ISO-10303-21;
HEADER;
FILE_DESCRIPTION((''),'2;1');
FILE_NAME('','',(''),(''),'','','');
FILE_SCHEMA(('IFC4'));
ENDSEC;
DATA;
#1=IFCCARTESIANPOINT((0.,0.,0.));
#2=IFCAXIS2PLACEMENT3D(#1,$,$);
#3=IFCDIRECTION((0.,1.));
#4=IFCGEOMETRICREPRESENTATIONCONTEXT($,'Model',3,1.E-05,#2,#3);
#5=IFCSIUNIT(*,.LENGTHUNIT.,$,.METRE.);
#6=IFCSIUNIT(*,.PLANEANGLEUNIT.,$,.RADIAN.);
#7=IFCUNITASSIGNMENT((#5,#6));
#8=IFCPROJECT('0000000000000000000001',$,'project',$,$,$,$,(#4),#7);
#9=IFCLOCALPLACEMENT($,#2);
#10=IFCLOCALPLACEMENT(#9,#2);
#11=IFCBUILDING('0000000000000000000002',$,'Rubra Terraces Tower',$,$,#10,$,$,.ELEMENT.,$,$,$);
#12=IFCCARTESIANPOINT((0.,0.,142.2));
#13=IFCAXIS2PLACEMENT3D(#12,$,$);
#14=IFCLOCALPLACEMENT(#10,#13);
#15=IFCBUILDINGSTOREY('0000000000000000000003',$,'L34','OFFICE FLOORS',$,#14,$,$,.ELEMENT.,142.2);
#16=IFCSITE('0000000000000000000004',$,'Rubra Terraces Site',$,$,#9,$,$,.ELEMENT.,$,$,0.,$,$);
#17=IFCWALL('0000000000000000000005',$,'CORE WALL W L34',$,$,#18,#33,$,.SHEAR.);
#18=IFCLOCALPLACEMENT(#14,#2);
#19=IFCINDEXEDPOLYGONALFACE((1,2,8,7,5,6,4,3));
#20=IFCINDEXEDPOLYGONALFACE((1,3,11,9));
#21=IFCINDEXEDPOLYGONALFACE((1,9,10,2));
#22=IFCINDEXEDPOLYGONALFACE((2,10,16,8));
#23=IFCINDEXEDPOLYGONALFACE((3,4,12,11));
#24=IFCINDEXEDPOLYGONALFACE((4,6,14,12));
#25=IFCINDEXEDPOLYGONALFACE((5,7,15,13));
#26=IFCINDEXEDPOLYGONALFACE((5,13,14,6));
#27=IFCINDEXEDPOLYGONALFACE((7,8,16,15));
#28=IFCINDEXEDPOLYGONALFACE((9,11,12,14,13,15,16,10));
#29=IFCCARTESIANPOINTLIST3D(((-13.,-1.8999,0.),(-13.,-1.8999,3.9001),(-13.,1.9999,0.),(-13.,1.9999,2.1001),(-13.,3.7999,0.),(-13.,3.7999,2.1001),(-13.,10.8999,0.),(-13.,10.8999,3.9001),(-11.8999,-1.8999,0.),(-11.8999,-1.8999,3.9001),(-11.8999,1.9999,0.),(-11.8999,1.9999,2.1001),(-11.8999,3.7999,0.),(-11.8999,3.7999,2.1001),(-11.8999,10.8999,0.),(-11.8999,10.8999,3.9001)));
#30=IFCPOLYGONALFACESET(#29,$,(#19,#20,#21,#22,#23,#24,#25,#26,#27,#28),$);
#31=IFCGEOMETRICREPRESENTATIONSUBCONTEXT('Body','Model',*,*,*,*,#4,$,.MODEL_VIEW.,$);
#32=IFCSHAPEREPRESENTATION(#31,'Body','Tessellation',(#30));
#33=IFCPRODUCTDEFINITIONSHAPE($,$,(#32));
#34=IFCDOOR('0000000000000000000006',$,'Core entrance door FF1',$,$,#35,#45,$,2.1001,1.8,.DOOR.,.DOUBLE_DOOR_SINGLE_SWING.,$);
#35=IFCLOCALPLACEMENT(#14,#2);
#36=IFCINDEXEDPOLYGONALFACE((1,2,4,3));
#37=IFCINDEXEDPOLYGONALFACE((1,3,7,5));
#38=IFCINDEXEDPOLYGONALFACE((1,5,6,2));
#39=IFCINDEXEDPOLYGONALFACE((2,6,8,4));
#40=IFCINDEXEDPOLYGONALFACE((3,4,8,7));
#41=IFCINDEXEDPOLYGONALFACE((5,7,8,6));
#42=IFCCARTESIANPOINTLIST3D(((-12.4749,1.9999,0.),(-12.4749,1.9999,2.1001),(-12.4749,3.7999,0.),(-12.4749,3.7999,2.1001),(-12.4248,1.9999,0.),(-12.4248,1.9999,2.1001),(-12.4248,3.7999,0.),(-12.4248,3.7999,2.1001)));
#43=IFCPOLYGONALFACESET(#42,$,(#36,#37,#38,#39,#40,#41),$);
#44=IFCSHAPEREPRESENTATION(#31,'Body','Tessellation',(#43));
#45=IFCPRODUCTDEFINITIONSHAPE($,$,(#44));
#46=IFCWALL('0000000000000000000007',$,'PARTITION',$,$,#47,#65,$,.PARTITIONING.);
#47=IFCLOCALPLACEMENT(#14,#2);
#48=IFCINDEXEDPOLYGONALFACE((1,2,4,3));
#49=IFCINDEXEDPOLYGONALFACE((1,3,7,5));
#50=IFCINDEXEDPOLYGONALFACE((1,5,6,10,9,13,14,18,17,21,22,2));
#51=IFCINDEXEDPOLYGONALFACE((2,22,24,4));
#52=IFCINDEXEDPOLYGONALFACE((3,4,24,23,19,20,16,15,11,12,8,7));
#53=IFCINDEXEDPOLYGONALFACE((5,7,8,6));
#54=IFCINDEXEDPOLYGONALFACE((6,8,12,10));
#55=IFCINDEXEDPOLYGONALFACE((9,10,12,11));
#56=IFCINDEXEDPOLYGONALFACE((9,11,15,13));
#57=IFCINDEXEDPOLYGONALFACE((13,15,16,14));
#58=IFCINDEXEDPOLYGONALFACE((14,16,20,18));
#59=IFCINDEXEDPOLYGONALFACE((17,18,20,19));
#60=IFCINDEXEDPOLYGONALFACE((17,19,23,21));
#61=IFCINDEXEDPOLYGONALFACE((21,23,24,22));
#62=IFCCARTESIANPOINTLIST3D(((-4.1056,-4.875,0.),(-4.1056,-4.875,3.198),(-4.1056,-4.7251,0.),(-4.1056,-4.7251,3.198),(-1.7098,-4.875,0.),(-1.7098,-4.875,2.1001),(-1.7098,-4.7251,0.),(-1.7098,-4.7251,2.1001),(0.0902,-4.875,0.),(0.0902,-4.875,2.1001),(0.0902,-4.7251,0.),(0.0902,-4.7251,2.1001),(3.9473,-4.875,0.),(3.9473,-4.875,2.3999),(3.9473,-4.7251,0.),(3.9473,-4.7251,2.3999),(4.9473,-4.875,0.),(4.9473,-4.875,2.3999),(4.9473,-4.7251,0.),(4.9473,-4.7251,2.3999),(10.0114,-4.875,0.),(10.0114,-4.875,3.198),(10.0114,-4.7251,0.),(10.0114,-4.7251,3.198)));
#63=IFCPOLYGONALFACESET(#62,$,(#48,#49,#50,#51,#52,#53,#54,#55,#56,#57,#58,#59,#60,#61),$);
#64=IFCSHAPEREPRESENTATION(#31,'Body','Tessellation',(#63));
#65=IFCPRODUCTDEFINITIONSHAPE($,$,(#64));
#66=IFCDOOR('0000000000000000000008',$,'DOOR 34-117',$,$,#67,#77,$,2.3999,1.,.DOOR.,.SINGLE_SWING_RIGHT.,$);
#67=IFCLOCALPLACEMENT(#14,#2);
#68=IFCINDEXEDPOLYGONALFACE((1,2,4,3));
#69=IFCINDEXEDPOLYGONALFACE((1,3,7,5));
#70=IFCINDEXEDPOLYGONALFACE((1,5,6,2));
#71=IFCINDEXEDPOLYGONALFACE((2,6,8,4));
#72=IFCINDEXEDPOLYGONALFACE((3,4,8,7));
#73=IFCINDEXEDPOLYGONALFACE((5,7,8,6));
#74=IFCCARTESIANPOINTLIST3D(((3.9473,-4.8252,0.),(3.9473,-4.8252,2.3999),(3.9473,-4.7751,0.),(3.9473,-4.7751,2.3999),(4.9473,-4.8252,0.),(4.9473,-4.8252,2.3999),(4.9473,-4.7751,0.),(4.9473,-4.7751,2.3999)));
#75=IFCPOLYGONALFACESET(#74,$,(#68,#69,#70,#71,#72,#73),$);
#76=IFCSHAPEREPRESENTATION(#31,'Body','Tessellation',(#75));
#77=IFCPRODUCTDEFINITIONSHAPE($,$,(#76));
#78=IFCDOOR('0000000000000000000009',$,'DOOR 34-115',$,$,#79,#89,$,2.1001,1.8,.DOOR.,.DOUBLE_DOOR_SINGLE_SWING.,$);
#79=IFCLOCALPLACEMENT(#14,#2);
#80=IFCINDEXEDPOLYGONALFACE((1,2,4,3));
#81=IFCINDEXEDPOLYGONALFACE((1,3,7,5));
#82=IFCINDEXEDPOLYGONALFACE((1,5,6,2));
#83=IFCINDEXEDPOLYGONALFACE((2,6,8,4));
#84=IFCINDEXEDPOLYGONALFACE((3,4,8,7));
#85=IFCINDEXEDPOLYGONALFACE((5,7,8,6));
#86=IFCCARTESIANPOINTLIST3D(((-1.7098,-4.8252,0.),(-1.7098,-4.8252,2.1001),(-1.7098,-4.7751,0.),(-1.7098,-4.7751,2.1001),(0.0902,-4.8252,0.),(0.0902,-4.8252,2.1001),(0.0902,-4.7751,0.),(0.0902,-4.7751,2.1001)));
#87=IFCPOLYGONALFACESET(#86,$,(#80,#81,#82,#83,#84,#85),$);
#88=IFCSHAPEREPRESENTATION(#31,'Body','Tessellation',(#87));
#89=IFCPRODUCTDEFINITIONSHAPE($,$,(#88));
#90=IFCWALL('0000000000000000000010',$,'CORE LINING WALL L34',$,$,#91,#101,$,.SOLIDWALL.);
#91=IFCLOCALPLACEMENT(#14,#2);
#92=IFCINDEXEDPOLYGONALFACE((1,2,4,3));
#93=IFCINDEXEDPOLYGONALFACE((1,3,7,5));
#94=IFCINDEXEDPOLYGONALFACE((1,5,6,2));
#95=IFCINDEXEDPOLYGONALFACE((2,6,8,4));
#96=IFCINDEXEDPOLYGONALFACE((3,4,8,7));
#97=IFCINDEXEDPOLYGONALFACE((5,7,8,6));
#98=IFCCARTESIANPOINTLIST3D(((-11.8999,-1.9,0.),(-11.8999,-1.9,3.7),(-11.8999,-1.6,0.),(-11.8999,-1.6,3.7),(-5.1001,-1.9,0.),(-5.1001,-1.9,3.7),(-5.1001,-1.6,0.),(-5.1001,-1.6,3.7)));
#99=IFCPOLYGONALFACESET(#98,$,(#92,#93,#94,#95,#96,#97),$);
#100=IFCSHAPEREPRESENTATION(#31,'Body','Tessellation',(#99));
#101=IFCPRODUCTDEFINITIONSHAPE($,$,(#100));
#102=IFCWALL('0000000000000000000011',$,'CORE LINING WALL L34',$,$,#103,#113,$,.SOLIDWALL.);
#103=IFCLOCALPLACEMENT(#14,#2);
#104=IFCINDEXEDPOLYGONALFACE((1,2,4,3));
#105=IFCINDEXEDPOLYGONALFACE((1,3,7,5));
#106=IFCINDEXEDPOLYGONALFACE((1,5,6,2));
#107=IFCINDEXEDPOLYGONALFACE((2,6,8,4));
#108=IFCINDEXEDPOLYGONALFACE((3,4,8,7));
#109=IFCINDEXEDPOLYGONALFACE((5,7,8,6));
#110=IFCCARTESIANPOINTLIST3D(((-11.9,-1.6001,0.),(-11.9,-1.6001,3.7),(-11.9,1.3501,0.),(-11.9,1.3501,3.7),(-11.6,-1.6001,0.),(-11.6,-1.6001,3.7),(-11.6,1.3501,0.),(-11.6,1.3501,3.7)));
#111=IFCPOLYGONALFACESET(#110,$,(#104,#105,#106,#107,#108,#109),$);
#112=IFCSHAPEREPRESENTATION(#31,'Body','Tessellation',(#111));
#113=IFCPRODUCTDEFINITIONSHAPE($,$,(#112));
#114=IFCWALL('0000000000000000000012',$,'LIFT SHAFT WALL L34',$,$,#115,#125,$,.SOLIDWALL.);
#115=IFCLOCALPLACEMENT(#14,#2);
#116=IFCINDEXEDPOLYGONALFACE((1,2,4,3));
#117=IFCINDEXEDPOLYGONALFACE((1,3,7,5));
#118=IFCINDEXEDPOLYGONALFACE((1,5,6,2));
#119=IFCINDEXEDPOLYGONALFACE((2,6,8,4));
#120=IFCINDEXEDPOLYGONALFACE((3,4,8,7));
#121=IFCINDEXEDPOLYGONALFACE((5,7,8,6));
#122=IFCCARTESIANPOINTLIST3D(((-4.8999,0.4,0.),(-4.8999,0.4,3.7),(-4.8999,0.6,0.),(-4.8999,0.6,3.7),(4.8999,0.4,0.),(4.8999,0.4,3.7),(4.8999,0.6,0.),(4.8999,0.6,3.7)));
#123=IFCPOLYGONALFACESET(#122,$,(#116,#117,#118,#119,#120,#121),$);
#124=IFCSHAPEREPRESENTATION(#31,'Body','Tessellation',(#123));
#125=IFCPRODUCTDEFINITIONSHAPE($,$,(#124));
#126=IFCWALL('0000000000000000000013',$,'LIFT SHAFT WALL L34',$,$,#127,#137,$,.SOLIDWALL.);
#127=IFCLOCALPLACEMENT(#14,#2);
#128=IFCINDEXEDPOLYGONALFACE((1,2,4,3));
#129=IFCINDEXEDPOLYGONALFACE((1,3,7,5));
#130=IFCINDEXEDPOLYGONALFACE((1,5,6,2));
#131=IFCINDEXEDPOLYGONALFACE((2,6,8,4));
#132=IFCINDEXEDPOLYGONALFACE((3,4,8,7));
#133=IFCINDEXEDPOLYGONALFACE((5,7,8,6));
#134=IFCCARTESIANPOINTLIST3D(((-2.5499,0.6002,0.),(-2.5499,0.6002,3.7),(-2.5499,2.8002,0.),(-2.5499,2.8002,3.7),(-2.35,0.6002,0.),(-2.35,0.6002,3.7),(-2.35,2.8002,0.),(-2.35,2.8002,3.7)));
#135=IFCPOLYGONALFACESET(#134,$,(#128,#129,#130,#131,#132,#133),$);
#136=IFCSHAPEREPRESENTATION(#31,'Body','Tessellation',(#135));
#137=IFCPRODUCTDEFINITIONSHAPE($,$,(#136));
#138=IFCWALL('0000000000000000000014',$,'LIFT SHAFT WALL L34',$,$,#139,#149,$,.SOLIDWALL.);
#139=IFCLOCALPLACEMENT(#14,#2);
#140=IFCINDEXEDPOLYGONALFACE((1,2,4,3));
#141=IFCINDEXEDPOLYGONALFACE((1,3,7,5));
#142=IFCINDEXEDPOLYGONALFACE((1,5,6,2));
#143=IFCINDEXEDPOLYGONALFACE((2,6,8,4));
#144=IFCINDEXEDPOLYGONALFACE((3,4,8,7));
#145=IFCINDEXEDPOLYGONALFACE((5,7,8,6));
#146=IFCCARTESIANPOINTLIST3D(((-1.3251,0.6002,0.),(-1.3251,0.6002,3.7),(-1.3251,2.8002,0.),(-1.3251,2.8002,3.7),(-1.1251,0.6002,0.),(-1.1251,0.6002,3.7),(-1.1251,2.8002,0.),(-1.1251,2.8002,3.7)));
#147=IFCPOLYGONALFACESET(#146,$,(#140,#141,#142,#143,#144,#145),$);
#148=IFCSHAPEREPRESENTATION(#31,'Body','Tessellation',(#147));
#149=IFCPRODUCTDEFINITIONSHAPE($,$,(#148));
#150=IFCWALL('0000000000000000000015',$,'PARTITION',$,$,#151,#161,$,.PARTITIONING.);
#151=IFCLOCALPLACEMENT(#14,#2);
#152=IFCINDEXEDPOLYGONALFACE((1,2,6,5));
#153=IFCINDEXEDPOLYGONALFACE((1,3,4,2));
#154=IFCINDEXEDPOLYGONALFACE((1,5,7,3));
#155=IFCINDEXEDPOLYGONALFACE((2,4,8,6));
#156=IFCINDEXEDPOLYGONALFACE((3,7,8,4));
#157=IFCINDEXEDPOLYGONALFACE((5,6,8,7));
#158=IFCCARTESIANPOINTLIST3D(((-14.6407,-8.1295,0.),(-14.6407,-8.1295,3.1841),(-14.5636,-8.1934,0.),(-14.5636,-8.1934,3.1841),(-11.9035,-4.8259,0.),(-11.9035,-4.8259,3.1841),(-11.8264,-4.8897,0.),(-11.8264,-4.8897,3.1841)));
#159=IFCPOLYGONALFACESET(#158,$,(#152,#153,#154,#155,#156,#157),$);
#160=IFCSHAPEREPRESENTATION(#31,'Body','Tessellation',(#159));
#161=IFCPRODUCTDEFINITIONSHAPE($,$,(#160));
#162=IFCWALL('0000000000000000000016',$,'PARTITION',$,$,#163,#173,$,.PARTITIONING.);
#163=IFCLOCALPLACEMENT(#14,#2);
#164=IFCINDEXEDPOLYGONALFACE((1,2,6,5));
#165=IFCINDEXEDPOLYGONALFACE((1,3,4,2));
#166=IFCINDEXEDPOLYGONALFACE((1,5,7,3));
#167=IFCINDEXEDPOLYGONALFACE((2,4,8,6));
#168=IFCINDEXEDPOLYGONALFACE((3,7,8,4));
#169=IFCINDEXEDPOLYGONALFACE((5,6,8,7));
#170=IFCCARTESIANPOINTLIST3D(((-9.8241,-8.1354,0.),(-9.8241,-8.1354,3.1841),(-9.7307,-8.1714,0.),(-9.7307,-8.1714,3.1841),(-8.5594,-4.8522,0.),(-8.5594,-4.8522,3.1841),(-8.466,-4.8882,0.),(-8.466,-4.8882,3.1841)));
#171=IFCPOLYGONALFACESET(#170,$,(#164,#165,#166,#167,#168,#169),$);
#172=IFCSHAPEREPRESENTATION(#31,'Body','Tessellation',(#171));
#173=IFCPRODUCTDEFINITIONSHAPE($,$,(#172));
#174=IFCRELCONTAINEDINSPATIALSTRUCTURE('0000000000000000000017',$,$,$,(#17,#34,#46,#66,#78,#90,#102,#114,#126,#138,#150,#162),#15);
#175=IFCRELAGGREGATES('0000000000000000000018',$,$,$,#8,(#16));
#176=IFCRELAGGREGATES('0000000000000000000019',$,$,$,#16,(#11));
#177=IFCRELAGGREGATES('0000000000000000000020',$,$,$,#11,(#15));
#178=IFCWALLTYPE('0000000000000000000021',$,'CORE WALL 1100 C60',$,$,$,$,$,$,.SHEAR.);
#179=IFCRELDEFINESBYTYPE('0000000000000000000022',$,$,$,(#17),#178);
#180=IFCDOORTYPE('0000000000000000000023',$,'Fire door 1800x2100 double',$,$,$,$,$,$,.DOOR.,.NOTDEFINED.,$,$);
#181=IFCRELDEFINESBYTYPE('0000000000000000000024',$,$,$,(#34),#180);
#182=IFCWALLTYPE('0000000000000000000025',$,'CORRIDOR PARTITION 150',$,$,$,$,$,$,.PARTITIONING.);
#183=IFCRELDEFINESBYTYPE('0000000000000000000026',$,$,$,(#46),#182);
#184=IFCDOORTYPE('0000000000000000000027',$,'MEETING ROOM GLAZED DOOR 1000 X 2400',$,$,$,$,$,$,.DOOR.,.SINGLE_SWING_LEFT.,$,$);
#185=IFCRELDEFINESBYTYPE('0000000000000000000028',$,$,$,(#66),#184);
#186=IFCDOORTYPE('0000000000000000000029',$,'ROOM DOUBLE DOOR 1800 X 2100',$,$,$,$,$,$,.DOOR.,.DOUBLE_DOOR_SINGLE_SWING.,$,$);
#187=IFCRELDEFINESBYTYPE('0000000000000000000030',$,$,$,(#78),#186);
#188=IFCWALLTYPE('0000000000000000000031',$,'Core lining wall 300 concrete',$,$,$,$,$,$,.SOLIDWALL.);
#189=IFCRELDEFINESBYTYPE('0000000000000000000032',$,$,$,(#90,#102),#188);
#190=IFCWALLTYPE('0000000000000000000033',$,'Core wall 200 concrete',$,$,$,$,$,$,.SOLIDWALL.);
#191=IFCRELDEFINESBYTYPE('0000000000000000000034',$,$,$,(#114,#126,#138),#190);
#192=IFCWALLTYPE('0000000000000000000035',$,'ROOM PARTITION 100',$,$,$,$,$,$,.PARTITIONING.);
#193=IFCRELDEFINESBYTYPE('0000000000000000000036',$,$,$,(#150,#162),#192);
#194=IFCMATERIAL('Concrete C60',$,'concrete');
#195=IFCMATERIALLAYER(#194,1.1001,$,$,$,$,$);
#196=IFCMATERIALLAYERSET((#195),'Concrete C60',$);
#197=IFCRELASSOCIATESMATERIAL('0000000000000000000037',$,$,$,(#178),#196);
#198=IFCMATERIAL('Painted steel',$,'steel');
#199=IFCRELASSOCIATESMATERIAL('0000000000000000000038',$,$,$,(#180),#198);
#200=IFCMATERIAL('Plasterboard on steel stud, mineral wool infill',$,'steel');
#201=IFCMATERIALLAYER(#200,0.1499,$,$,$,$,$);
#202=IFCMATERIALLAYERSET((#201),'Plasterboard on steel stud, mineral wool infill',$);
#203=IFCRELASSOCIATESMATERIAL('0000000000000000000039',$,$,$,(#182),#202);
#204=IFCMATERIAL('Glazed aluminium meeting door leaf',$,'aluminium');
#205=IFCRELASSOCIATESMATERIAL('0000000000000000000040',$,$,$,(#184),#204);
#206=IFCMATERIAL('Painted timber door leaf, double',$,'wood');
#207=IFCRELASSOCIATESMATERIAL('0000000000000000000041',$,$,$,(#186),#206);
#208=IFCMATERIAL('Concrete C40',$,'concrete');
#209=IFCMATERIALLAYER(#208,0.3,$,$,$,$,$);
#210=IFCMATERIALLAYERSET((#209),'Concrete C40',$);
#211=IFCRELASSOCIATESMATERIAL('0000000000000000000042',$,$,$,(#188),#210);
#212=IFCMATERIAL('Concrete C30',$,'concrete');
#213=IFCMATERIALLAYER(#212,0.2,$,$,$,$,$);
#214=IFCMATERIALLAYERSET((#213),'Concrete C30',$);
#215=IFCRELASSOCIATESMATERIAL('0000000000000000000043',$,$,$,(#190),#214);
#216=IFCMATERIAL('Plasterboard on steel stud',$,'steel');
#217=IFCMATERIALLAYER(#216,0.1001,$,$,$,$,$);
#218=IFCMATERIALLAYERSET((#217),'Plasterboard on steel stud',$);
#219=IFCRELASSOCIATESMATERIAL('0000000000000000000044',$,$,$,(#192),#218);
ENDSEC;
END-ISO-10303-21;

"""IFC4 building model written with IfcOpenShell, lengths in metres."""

from ifc_helpers import new_model, si_unit, direction, frame, frame_2d, origin, place, context, subcontext, project, spatial, rectangle, extrude, material, layer, layer_set, type_object, element, fill, save


model = new_model("IFC4")

# Units and contexts
model_context = context("Model", 3, precision=1e-05, world=origin(), true_north=direction((0.0, 1.0)))
body_context = subcontext(model_context, "Body", "Model", "MODEL_VIEW")
ifc_project = project(units=[si_unit("LENGTHUNIT", "METRE"), si_unit("PLANEANGLEUNIT", "RADIAN")], contexts=[model_context])

# Site, building, storey
site_placement = place(None, origin())
site = spatial("IfcSite", under=ifc_project, at=site_placement, Name="Rubra Terraces Site", CompositionType="ELEMENT", RefElevation=0.0)
building_placement = place(site_placement, origin())
building = spatial("IfcBuilding", under=site, at=building_placement, Name="Rubra Terraces Tower", CompositionType="ELEMENT")
storey_placement = place(building_placement, frame((0.0, 0.0, 142.2)))
storey = spatial("IfcBuildingStorey", under=building, at=storey_placement, Name="L34", Description="OFFICE FLOORS", CompositionType="ELEMENT", Elevation=142.2)

# Shared definitions
ifc_material_1 = material(Name="Concrete C40", Category="concrete")

# Wall, opening, door
ifc_material_2 = material(Name="Concrete C60", Category="concrete")
ifc_layer_1 = layer(ifc_material_2, 1.1001)
ifc_layer_set_1 = layer_set([ifc_layer_1], Name="Concrete C60")
wall_type_1 = type_object("IfcWallType", Name="CORE WALL 1100 C60", PredefinedType="SHEAR", material=ifc_layer_set_1)
wall_1_placement = place(storey_placement, frame((-12.45, -1.8999, 0.0), z_axis=(0.0, 0.0, 1.0), x_axis=(0.0, 1.0, 0.0)))
wall_1 = element("IfcWall", 1, at=wall_1_placement, inside=storey, type_object=wall_type_1, Name="CORE WALL W L34", PredefinedType="SHEAR", context=body_context, shape_type="SweptSolid", body=[
    extrude(rectangle(XDim=12.7998, YDim=1.1001, at=frame_2d((6.3999, 0.0))), origin(), (0.0, 0.0, 1.0), 3.9001),
])
opening_1_placement = place(wall_1_placement, frame((3.8999, 0.0, 0.0)))
opening_1 = element("IfcOpeningElement", 2, at=opening_1_placement, cuts=wall_1, PredefinedType="OPENING", context=body_context, shape_type="SweptSolid", body=[
    extrude(rectangle(XDim=1.8, YDim=2.1001, at=frame_2d((0.8999, 1.05))), frame((0.0, 0.5601, 0.0), z_axis=(0.0, -1.0, 0.0), x_axis=(1.0, 0.0, 0.0)), (0.0, 0.0, 1.0), 1.1201),
])
ifc_material_3 = material(Name="Painted steel", Category="steel")
door_type_1 = type_object("IfcDoorType", Name="Fire door 1800x2100 double", OperationType="NOTDEFINED", PredefinedType="DOOR", material=ifc_material_3)
door_1_placement = place(opening_1_placement, origin())
door_1 = element("IfcDoor", 3, at=door_1_placement, inside=storey, type_object=door_type_1, Name="Core entrance door FF1", OperationType="DOUBLE_DOOR_SINGLE_SWING", OverallHeight=2.1001, OverallWidth=1.8, PredefinedType="DOOR", context=body_context, shape_type="SweptSolid", body=[
    extrude(rectangle(XDim=1.8, YDim=2.1001, at=frame_2d((0.8999, 1.05))), frame((0.0, 0.0249, 0.0), z_axis=(0.0, -1.0, 0.0), x_axis=(1.0, 0.0, 0.0)), (0.0, 0.0, 1.0), 0.05),
])
fill(opening_1, door_1)

# Wall, openings, doors
ifc_material_4 = material(Name="Plasterboard on steel stud, mineral wool infill", Category="steel")
ifc_layer_2 = layer(ifc_material_4, 0.1499)
ifc_layer_set_2 = layer_set([ifc_layer_2], Name="Plasterboard on steel stud, mineral wool infill")
wall_type_2 = type_object("IfcWallType", Name="CORRIDOR PARTITION 150", PredefinedType="PARTITIONING", material=ifc_layer_set_2)
wall_2_placement = place(storey_placement, frame((-4.1057, -4.8, 0.0), z_axis=(0.0, 0.0, 1.0), x_axis=(1.0, 0.0, 0.0)))
wall_2 = element("IfcWall", 4, at=wall_2_placement, inside=storey, type_object=wall_type_2, Name="PARTITION", PredefinedType="PARTITIONING", context=body_context, shape_type="SweptSolid", body=[
    extrude(rectangle(XDim=14.1169, YDim=0.1499, at=frame_2d((7.0586, 0.0))), origin(), (0.0, 0.0, 1.0), 3.198),
])
opening_2_placement = place(wall_2_placement, frame((2.396, 0.0, 0.0)))
opening_2 = element("IfcOpeningElement", 5, at=opening_2_placement, cuts=wall_2, PredefinedType="OPENING", context=body_context, shape_type="SweptSolid", body=[
    extrude(rectangle(XDim=1.8, YDim=2.1001, at=frame_2d((0.8999, 1.05))), frame((0.0, 0.085, 0.0), z_axis=(0.0, -1.0, 0.0), x_axis=(1.0, 0.0, 0.0)), (0.0, 0.0, 1.0), 0.1699),
])
opening_3_placement = place(wall_2_placement, frame((8.053, 0.0, 0.0)))
opening_3 = element("IfcOpeningElement", 6, at=opening_3_placement, cuts=wall_2, PredefinedType="OPENING", context=body_context, shape_type="SweptSolid", body=[
    extrude(rectangle(XDim=1.0, YDim=2.3999, at=frame_2d((0.5, 1.2))), frame((0.0, 0.085, 0.0), z_axis=(0.0, -1.0, 0.0), x_axis=(1.0, 0.0, 0.0)), (0.0, 0.0, 1.0), 0.1699),
])
ifc_material_5 = material(Name="Glazed aluminium meeting door leaf", Category="aluminium")
door_type_2 = type_object("IfcDoorType", Name="MEETING ROOM GLAZED DOOR 1000 X 2400", OperationType="SINGLE_SWING_LEFT", PredefinedType="DOOR", material=ifc_material_5)
door_2_placement = place(opening_3_placement, origin())
door_2 = element("IfcDoor", 7, at=door_2_placement, inside=storey, type_object=door_type_2, Name="DOOR 34-117", OperationType="SINGLE_SWING_RIGHT", OverallHeight=2.3999, OverallWidth=1.0, PredefinedType="DOOR", context=body_context, shape_type="SweptSolid", body=[
    extrude(rectangle(XDim=1.0, YDim=2.3999, at=frame_2d((0.5, 1.2))), frame((0.0, 0.0249, 0.0), z_axis=(0.0, -1.0, 0.0), x_axis=(1.0, 0.0, 0.0)), (0.0, 0.0, 1.0), 0.05),
])
fill(opening_3, door_2)
ifc_material_6 = material(Name="Painted timber door leaf, double", Category="wood")
door_type_3 = type_object("IfcDoorType", Name="ROOM DOUBLE DOOR 1800 X 2100", OperationType="DOUBLE_DOOR_SINGLE_SWING", PredefinedType="DOOR", material=ifc_material_6)
door_3_placement = place(opening_2_placement, origin())
door_3 = element("IfcDoor", 8, at=door_3_placement, inside=storey, type_object=door_type_3, Name="DOOR 34-115", OperationType="DOUBLE_DOOR_SINGLE_SWING", OverallHeight=2.1001, OverallWidth=1.8, PredefinedType="DOOR", context=body_context, shape_type="SweptSolid", body=[
    extrude(rectangle(XDim=1.8, YDim=2.1001, at=frame_2d((0.8999, 1.05))), frame((0.0, 0.0249, 0.0), z_axis=(0.0, -1.0, 0.0), x_axis=(1.0, 0.0, 0.0)), (0.0, 0.0, 1.0), 0.05),
])
fill(opening_2, door_3)

# Walls
ifc_layer_3 = layer(ifc_material_1, 0.3)
ifc_layer_set_3 = layer_set([ifc_layer_3], Name="Concrete C40")
wall_type_3 = type_object("IfcWallType", Name="Core lining wall 300 concrete", PredefinedType="SOLIDWALL", material=ifc_layer_set_3)
wall_3_placement = place(storey_placement, frame((-11.8999, -1.75, 0.0), z_axis=(0.0, 0.0, 1.0), x_axis=(1.0, 0.0, 0.0)))
element("IfcWall", 9, at=wall_3_placement, inside=storey, type_object=wall_type_3, Name="CORE LINING WALL L34", PredefinedType="SOLIDWALL", context=body_context, shape_type="SweptSolid", body=[
    extrude(rectangle(XDim=6.7998, YDim=0.3, at=frame_2d((3.3999, 0.0))), origin(), (0.0, 0.0, 1.0), 3.7),
])
wall_4_placement = place(storey_placement, frame((-11.75, -1.6001, 0.0), z_axis=(0.0, 0.0, 1.0), x_axis=(0.0, 1.0, 0.0)))
element("IfcWall", 10, at=wall_4_placement, inside=storey, type_object=wall_type_3, Name="CORE LINING WALL L34", PredefinedType="SOLIDWALL", context=body_context, shape_type="SweptSolid", body=[
    extrude(rectangle(XDim=2.9502, YDim=0.3, at=frame_2d((1.4751, 0.0))), origin(), (0.0, 0.0, 1.0), 3.7),
])
ifc_material_7 = material(Name="Concrete C30", Category="concrete")
ifc_layer_4 = layer(ifc_material_7, 0.2)
ifc_layer_set_4 = layer_set([ifc_layer_4], Name="Concrete C30")
wall_type_4 = type_object("IfcWallType", Name="Core wall 200 concrete", PredefinedType="SOLIDWALL", material=ifc_layer_set_4)
wall_5_placement = place(storey_placement, frame((-4.8999, 0.5, 0.0), z_axis=(0.0, 0.0, 1.0), x_axis=(1.0, 0.0, 0.0)))
element("IfcWall", 11, at=wall_5_placement, inside=storey, type_object=wall_type_4, Name="LIFT SHAFT WALL L34", PredefinedType="SOLIDWALL", context=body_context, shape_type="SweptSolid", body=[
    extrude(rectangle(XDim=9.7998, YDim=0.2, at=frame_2d((4.8999, 0.0))), origin(), (0.0, 0.0, 1.0), 3.7),
])
for number, where, z_axis, x_axis, name in (
    (12, (-2.45, 0.6001, 0.0), (0.0, 0.0, 1.0), (0.0, 1.0, 0.0), "LIFT SHAFT WALL L34"),
    (13, (-1.2251, 0.6001, 0.0), (0.0, 0.0, 1.0), (0.0, 1.0, 0.0), "LIFT SHAFT WALL L34"),
):
    element("IfcWall", number, at=place(storey_placement, frame(where, z_axis=z_axis, x_axis=x_axis)), inside=storey, type_object=wall_type_4, Name=name, PredefinedType="SOLIDWALL", context=body_context, shape_type="SweptSolid", body=[
        extrude(rectangle(XDim=2.2, YDim=0.2, at=frame_2d((1.1001, 0.0))), origin(), (0.0, 0.0, 1.0), 3.7),
    ])
ifc_material_8 = material(Name="Plasterboard on steel stud", Category="steel")
ifc_layer_5 = layer(ifc_material_8, 0.1001)
ifc_layer_set_5 = layer_set([ifc_layer_5], Name="Plasterboard on steel stud")
wall_type_5 = type_object("IfcWallType", Name="ROOM PARTITION 100", PredefinedType="PARTITIONING", material=ifc_layer_set_5)
wall_6_placement = place(storey_placement, frame((-11.865, -4.8579, 0.0), z_axis=(0.0, 0.0, 1.0), x_axis=(-0.63801, -0.770028, 0.0)))
element("IfcWall", 14, at=wall_6_placement, inside=storey, type_object=wall_type_5, Name="PARTITION", PredefinedType="PARTITIONING", context=body_context, shape_type="SweptSolid", body=[
    extrude(rectangle(XDim=4.2903, YDim=0.1001, at=frame_2d((2.145, 0.0))), origin(), (0.0, 0.0, 1.0), 3.1841),
])
wall_7_placement = place(storey_placement, frame((-8.5127, -4.8701, 0.0), z_axis=(0.0, 0.0, 1.0), x_axis=(-0.359444, -0.933167, 0.0)))
element("IfcWall", 15, at=wall_7_placement, inside=storey, type_object=wall_type_5, Name="PARTITION", PredefinedType="PARTITIONING", context=body_context, shape_type="SweptSolid", body=[
    extrude(rectangle(XDim=3.5183, YDim=0.1001, at=frame_2d((1.7593, 0.0))), origin(), (0.0, 0.0, 1.0), 3.1841),
])

save(model, "model.ifc")
